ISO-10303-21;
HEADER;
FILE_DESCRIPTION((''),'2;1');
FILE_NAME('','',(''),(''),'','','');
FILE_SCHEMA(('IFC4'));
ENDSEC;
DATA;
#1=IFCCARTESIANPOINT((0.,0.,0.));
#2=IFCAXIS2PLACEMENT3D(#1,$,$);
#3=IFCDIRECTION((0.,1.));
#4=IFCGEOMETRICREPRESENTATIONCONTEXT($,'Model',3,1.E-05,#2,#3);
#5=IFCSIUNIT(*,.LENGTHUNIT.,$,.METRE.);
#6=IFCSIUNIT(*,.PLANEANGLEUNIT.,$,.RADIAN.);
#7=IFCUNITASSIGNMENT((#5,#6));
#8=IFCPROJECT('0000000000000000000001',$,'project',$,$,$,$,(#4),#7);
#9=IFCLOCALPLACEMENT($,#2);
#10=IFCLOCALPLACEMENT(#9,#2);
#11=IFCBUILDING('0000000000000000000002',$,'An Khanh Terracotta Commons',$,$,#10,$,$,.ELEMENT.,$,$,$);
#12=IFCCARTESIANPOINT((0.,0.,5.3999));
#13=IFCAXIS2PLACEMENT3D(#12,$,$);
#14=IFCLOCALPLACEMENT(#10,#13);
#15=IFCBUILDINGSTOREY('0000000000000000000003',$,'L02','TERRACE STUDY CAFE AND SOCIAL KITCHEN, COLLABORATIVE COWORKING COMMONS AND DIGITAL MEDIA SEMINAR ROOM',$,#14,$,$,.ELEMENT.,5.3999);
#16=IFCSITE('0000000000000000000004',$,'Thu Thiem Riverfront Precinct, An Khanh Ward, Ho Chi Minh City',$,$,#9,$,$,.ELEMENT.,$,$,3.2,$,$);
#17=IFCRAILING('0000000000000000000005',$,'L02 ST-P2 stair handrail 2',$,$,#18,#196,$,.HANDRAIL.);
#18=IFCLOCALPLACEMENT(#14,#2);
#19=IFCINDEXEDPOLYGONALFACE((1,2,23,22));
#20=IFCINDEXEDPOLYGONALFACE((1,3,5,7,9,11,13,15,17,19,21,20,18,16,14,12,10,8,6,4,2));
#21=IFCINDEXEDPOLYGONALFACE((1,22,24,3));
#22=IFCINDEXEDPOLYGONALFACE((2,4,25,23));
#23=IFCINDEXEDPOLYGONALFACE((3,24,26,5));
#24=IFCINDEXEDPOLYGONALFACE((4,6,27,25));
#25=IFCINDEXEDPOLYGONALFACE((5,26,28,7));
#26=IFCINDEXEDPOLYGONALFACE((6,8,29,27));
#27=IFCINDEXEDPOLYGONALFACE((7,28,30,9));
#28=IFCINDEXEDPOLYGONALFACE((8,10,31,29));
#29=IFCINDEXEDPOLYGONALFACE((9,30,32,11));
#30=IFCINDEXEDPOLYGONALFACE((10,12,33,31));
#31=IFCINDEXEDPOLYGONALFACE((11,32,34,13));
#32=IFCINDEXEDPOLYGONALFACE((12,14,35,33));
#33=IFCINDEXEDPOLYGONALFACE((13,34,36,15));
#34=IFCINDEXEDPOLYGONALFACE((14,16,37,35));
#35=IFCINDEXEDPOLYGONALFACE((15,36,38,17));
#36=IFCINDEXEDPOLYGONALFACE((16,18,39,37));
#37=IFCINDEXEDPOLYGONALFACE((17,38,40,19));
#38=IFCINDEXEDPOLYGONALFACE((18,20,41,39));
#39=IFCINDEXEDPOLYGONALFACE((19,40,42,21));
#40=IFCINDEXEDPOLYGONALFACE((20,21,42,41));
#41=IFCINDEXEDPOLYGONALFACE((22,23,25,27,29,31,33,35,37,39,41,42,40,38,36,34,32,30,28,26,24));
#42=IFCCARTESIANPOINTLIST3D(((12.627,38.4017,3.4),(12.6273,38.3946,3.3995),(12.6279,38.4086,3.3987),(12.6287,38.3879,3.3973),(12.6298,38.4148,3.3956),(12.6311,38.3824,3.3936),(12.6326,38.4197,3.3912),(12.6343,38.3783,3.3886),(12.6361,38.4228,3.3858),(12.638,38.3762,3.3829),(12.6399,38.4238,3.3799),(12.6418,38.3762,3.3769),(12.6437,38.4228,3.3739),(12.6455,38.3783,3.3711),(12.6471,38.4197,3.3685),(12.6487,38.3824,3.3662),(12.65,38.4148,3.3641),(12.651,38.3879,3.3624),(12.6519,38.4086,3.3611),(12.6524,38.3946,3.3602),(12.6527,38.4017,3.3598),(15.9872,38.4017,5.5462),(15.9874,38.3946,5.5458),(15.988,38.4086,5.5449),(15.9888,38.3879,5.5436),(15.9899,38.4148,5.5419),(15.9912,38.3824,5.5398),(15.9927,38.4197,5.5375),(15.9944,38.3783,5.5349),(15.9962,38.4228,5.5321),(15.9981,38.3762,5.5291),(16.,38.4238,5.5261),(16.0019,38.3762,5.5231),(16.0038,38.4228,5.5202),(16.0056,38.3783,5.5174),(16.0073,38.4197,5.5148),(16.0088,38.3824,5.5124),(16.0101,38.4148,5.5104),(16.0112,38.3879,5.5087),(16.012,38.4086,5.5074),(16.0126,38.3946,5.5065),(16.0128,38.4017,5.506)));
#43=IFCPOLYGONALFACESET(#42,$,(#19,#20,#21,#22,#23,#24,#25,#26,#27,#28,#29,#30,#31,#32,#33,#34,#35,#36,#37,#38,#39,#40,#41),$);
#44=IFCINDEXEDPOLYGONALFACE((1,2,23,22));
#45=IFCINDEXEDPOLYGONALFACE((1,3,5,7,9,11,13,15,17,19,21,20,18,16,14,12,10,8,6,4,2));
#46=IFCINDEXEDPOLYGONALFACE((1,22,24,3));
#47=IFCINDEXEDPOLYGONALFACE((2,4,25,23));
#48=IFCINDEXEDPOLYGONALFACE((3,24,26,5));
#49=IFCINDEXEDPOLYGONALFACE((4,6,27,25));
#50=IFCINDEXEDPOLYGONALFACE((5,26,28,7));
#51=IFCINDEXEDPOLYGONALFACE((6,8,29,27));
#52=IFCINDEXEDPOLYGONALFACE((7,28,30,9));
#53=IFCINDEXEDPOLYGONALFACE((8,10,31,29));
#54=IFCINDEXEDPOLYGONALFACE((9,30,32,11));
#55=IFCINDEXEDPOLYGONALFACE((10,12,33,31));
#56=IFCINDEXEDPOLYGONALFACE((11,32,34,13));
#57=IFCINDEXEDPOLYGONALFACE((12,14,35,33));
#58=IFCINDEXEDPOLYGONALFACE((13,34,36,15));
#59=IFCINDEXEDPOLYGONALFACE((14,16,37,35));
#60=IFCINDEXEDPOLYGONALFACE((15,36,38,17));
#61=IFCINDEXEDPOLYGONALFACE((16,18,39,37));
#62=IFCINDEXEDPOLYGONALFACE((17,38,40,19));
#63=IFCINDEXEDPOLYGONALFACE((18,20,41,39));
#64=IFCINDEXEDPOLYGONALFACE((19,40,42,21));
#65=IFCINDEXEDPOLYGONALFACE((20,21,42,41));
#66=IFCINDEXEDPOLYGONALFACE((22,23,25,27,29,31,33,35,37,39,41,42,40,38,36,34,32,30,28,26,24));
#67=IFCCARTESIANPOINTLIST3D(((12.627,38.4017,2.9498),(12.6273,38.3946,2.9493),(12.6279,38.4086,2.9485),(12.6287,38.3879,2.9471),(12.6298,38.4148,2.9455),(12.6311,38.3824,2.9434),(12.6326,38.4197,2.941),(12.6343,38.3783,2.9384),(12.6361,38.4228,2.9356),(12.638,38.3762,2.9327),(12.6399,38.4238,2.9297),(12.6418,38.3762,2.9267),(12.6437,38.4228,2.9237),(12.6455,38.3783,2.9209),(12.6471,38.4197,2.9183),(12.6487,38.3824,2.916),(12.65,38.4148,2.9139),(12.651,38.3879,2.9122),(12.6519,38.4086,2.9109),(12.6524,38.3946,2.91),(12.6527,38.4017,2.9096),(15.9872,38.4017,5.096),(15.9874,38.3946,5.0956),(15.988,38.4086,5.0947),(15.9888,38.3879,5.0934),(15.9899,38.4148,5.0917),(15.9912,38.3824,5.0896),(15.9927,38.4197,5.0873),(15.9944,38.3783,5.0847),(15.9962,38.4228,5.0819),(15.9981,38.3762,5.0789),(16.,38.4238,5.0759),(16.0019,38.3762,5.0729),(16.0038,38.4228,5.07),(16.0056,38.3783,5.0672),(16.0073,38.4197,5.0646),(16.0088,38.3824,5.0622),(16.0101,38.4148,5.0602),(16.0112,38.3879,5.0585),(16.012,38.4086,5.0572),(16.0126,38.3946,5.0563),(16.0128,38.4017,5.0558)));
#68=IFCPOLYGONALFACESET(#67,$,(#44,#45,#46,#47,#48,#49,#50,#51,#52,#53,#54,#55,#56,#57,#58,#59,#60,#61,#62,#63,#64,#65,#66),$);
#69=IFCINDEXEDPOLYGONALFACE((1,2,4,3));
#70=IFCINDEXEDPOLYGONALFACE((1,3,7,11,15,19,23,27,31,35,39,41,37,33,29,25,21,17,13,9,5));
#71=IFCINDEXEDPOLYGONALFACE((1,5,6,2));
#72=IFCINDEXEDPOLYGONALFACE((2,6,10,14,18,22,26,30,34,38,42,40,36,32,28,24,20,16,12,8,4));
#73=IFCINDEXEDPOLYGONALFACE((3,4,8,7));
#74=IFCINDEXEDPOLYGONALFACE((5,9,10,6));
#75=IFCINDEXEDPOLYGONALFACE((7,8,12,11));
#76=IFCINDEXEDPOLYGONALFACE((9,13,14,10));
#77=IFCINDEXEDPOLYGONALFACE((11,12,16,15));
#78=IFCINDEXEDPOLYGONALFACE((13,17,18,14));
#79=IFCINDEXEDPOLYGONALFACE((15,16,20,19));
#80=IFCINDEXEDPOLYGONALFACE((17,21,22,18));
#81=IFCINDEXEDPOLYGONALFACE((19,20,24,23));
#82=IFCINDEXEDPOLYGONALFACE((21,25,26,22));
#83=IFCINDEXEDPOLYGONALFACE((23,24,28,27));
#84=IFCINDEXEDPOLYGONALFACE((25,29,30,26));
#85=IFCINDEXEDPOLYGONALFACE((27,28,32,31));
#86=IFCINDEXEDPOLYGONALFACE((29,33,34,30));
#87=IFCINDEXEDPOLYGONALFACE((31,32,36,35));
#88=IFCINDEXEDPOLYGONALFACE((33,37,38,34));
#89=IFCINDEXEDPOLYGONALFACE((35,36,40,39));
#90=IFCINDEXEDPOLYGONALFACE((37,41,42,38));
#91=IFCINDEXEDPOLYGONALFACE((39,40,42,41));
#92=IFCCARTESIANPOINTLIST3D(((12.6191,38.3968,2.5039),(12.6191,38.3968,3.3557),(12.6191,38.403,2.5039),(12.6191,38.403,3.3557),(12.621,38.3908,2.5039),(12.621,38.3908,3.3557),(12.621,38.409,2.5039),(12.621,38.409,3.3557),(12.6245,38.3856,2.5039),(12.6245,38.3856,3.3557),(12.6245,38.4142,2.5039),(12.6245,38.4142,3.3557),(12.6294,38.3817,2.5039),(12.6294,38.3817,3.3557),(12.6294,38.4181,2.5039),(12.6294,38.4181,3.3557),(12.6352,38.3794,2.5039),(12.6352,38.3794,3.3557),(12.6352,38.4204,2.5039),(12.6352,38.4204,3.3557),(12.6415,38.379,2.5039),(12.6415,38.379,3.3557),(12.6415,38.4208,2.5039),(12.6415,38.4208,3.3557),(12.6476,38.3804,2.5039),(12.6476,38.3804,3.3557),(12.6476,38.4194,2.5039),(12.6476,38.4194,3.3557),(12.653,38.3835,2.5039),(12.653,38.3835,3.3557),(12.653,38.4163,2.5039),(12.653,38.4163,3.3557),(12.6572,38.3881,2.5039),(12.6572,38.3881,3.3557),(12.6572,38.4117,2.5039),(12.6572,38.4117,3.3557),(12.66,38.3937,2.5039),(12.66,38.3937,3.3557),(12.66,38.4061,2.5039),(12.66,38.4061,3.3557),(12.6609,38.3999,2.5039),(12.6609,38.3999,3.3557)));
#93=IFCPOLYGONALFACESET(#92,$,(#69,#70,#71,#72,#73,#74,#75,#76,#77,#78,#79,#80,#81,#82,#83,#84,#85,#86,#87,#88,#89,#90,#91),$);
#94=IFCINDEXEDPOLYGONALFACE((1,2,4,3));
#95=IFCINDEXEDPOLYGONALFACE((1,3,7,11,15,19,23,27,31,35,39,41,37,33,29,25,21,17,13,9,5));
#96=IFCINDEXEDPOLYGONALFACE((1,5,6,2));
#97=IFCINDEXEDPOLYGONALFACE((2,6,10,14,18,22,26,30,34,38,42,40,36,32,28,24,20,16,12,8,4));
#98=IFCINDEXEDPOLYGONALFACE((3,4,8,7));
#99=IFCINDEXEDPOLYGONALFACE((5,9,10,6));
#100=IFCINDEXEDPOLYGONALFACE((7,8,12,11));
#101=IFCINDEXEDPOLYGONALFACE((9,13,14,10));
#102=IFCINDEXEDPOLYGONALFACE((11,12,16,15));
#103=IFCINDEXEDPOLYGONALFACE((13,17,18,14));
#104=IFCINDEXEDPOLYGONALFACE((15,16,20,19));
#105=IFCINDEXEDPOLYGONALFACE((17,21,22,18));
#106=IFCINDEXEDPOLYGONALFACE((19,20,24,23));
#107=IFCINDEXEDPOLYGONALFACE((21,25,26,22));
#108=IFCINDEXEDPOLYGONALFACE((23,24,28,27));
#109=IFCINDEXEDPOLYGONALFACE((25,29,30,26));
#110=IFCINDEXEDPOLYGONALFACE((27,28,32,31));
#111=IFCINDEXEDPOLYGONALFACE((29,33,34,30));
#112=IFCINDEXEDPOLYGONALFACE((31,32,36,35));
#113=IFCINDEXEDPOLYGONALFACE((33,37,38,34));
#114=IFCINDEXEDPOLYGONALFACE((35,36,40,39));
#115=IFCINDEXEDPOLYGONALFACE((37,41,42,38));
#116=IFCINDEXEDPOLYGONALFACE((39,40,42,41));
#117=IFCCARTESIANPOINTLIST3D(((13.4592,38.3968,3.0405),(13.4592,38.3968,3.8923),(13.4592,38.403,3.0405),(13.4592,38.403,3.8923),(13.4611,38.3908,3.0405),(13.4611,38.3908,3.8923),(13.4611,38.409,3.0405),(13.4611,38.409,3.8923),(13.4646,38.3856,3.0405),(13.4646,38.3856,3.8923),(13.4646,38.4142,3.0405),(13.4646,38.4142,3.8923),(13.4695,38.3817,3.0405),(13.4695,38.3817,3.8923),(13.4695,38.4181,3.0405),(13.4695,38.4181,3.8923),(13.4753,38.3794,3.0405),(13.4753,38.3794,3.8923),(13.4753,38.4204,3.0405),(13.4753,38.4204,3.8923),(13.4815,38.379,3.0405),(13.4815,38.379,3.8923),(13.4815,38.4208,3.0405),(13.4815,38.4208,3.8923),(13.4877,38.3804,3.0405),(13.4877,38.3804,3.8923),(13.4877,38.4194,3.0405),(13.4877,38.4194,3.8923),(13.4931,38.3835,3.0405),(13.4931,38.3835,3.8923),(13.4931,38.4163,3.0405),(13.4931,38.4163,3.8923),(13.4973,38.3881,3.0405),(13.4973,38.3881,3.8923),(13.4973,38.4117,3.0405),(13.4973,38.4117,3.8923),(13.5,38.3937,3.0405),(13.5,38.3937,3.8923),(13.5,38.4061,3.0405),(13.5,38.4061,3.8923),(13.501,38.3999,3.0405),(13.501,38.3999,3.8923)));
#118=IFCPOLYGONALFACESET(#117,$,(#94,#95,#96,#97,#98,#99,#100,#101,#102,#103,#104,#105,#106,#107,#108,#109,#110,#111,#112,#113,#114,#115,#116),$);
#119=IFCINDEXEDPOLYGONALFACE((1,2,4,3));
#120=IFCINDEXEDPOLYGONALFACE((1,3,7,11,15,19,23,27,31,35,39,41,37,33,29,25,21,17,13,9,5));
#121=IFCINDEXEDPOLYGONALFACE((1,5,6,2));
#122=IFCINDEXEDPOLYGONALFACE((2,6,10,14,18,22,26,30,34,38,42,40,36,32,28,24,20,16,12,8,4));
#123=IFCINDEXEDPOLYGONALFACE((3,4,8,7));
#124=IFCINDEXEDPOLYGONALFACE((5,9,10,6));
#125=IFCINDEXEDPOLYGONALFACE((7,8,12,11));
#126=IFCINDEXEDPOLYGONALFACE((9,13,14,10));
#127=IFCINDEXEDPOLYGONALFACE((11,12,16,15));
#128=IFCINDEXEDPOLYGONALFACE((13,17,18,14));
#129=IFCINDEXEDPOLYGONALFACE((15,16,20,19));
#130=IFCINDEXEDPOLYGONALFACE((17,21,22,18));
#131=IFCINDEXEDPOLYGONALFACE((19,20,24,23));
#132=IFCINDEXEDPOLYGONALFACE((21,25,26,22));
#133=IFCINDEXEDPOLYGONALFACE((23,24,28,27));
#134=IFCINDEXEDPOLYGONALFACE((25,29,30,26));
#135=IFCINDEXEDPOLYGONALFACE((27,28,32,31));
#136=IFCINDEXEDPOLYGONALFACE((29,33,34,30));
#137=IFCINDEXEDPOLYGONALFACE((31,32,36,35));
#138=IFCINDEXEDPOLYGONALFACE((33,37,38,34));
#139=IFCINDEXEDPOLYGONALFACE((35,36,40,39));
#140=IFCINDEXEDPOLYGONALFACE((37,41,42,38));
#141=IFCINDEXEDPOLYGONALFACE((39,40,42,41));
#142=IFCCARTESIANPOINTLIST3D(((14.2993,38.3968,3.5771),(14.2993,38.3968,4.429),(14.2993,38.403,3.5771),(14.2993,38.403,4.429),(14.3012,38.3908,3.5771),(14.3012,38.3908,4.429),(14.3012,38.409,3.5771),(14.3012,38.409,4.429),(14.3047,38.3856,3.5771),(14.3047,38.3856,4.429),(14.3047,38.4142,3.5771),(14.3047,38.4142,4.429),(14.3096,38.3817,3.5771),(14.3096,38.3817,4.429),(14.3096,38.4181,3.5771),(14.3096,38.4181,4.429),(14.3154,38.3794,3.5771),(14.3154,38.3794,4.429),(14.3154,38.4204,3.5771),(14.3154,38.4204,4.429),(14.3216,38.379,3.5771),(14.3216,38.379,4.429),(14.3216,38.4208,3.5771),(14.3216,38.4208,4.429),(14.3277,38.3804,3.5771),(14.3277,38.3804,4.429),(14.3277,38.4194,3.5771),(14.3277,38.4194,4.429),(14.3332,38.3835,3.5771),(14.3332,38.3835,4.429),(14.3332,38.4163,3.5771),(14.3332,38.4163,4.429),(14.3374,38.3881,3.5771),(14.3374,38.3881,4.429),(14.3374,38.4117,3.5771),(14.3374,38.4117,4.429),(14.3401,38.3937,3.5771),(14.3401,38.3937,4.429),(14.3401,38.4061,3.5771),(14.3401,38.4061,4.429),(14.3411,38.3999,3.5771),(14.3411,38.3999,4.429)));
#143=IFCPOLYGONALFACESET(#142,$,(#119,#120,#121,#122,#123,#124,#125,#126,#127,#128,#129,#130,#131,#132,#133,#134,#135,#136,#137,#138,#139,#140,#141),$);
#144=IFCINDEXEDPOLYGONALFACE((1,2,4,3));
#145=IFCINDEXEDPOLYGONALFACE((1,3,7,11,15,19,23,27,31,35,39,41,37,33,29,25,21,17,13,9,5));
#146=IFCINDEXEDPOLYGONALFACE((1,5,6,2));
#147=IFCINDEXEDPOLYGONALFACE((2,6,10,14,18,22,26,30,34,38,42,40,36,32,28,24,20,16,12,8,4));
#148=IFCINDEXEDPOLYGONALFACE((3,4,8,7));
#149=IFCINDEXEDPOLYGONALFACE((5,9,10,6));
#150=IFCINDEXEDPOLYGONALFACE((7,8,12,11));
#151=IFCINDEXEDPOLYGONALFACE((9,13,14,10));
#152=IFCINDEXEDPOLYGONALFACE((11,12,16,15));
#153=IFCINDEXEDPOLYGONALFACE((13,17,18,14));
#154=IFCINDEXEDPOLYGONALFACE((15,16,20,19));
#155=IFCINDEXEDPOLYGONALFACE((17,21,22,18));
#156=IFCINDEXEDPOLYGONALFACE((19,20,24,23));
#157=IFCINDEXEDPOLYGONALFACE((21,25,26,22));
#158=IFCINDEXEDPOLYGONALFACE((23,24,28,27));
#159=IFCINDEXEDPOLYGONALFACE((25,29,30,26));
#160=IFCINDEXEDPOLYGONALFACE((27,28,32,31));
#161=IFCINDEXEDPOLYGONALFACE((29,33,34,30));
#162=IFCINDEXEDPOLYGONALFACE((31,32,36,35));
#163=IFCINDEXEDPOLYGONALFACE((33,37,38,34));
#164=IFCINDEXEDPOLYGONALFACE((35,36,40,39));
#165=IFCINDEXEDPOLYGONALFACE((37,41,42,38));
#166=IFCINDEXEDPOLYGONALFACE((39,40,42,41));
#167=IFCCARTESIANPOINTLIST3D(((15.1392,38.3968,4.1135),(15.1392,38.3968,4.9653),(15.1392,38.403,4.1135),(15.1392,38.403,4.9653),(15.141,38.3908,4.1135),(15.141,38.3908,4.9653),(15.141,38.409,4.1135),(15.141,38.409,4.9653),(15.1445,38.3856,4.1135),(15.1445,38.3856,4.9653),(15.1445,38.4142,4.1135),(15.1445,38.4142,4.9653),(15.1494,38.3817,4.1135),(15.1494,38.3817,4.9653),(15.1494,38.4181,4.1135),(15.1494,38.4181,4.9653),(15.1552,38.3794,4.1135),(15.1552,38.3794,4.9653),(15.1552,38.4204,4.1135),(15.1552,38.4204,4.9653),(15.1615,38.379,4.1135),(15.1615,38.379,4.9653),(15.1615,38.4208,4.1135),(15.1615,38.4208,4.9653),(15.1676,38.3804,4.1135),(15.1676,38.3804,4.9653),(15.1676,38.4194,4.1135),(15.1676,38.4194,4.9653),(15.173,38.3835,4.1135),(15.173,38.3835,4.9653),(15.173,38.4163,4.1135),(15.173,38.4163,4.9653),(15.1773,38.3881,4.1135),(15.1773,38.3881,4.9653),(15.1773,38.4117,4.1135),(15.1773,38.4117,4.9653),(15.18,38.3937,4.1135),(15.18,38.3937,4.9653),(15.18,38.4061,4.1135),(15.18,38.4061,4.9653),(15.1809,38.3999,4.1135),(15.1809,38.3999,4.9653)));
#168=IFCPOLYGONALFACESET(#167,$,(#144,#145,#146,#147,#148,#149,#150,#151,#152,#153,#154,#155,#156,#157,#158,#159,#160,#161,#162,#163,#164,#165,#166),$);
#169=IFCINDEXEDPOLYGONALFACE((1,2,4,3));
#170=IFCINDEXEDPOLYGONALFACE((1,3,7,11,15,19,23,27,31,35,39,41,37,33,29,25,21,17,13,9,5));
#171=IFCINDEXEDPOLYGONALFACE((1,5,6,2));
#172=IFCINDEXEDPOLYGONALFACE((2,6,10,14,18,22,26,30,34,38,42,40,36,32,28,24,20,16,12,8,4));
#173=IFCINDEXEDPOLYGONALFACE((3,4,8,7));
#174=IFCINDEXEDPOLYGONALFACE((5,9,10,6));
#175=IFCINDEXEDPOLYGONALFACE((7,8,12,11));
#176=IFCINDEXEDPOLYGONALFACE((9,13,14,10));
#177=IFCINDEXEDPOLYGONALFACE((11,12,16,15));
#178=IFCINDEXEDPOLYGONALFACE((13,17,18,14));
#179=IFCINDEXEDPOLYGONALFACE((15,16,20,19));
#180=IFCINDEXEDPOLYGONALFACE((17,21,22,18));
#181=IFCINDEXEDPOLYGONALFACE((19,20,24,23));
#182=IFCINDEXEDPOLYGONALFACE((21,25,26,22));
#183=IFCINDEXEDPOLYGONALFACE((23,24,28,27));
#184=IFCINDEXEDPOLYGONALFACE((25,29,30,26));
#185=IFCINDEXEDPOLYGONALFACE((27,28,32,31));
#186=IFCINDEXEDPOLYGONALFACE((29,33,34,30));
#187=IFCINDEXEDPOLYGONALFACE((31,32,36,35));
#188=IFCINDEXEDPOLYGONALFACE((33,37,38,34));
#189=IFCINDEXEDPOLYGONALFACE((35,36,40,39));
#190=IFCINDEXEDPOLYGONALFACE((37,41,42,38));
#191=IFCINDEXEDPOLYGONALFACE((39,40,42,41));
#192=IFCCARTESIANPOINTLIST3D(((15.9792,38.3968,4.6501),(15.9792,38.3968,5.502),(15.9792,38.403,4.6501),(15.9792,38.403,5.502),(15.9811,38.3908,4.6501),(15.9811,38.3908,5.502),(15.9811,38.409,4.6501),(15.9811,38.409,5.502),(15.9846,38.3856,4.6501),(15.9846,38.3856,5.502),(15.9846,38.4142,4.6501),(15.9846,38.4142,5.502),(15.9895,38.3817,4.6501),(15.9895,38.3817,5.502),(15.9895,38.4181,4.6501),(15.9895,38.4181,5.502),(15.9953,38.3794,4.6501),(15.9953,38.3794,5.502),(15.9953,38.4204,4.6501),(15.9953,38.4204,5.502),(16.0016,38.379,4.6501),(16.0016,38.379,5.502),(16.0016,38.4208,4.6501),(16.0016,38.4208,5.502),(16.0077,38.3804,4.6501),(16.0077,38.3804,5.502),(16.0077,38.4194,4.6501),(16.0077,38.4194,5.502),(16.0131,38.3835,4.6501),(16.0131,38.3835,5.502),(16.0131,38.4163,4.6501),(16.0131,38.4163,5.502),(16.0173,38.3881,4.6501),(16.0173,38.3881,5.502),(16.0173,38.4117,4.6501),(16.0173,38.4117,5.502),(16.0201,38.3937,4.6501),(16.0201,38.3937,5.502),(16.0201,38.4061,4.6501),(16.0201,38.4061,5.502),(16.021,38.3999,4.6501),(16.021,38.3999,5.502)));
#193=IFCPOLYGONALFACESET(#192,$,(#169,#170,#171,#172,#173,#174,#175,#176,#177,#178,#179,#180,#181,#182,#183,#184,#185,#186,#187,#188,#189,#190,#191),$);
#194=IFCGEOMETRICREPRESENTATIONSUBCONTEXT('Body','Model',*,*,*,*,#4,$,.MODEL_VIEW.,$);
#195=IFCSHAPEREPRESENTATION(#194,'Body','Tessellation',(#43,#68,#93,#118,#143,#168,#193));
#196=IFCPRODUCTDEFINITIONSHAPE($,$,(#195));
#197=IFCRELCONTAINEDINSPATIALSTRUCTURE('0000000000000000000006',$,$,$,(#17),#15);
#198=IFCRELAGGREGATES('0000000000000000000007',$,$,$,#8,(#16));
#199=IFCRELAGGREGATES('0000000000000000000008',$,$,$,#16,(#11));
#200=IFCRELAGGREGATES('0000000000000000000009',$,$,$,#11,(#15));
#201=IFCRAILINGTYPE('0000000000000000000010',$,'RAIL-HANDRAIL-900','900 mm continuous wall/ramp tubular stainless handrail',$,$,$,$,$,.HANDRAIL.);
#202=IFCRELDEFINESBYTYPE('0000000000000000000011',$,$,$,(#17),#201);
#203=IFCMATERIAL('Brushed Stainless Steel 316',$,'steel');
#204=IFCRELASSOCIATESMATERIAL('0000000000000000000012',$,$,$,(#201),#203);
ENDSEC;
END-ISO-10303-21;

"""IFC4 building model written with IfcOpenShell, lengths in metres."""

from ifc_helpers import new_model, si_unit, direction, frame, origin, origin_2d, place, context, subcontext, project, spatial, circle, extrude, material, type_object, element, save


model = new_model("IFC4")

# Units and contexts
model_context = context("Model", 3, precision=1e-05, world=origin(), true_north=direction((0.0, 1.0)))
body_context = subcontext(model_context, "Body", "Model", "MODEL_VIEW")
ifc_project = project(units=[si_unit("LENGTHUNIT", "METRE"), si_unit("PLANEANGLEUNIT", "RADIAN")], contexts=[model_context])

# Site, building, storey
site_placement = place(None, origin())
site = spatial("IfcSite", under=ifc_project, at=site_placement, Name="Thu Thiem Riverfront Precinct, An Khanh Ward, Ho Chi Minh City", CompositionType="ELEMENT", RefElevation=3.2)
building_placement = place(site_placement, origin())
building = spatial("IfcBuilding", under=site, at=building_placement, Name="An Khanh Terracotta Commons", CompositionType="ELEMENT")
storey_placement = place(building_placement, frame((0.0, 0.0, 5.3999)))
storey = spatial("IfcBuildingStorey", under=building, at=storey_placement, Name="L02", Description="TERRACE STUDY CAFE AND SOCIAL KITCHEN, COLLABORATIVE COWORKING COMMONS AND DIGITAL MEDIA SEMINAR ROOM", CompositionType="ELEMENT", Elevation=5.3999)

# Railing
ifc_material_1 = material(Name="Brushed Stainless Steel 316", Category="steel")
railing_type_1 = type_object("IfcRailingType", Name="RAIL-HANDRAIL-900", Description="900 mm continuous wall/ramp tubular stainless handrail", PredefinedType="HANDRAIL", material=ifc_material_1)
railing_1_placement = place(storey_placement, frame((12.6399, 38.3999, 2.5039)))
element("IfcRailing", 1, at=railing_1_placement, inside=storey, type_object=railing_type_1, Name="L02 ST-P2 stair handrail 2", PredefinedType="HANDRAIL", context=body_context, shape_type="SweptSolid", body=[
    extrude(circle(Radius=0.0239, at=origin_2d()), frame((0.0, 0.0, 0.876), z_axis=(0.842753, 0.0, 0.538301), x_axis=(0.0, 1.0, 0.0)), (0.0, 0.0, 1.0), 3.9871),
    extrude(circle(Radius=0.0239, at=origin_2d()), frame((0.0, 0.0, 0.4258), z_axis=(0.842753, 0.0, 0.538301), x_axis=(0.0, 1.0, 0.0)), (0.0, 0.0, 1.0), 3.9871),
    extrude(circle(Radius=0.021, at=origin_2d()), origin(), (0.0, 0.0, 1.0), 0.8518),
    extrude(circle(Radius=0.021, at=origin_2d()), frame((0.8401, 0.0, 0.5366)), (0.0, 0.0, 1.0), 0.8518),
    extrude(circle(Radius=0.021, at=origin_2d()), frame((1.6802, 0.0, 1.0732)), (0.0, 0.0, 1.0), 0.8518),
    extrude(circle(Radius=0.021, at=origin_2d()), frame((2.52, 0.0, 1.6096)), (0.0, 0.0, 1.0), 0.8518),
    extrude(circle(Radius=0.021, at=origin_2d()), frame((3.3601, 0.0, 2.1462)), (0.0, 0.0, 1.0), 0.8518),
])

save(model, "model.ifc")
